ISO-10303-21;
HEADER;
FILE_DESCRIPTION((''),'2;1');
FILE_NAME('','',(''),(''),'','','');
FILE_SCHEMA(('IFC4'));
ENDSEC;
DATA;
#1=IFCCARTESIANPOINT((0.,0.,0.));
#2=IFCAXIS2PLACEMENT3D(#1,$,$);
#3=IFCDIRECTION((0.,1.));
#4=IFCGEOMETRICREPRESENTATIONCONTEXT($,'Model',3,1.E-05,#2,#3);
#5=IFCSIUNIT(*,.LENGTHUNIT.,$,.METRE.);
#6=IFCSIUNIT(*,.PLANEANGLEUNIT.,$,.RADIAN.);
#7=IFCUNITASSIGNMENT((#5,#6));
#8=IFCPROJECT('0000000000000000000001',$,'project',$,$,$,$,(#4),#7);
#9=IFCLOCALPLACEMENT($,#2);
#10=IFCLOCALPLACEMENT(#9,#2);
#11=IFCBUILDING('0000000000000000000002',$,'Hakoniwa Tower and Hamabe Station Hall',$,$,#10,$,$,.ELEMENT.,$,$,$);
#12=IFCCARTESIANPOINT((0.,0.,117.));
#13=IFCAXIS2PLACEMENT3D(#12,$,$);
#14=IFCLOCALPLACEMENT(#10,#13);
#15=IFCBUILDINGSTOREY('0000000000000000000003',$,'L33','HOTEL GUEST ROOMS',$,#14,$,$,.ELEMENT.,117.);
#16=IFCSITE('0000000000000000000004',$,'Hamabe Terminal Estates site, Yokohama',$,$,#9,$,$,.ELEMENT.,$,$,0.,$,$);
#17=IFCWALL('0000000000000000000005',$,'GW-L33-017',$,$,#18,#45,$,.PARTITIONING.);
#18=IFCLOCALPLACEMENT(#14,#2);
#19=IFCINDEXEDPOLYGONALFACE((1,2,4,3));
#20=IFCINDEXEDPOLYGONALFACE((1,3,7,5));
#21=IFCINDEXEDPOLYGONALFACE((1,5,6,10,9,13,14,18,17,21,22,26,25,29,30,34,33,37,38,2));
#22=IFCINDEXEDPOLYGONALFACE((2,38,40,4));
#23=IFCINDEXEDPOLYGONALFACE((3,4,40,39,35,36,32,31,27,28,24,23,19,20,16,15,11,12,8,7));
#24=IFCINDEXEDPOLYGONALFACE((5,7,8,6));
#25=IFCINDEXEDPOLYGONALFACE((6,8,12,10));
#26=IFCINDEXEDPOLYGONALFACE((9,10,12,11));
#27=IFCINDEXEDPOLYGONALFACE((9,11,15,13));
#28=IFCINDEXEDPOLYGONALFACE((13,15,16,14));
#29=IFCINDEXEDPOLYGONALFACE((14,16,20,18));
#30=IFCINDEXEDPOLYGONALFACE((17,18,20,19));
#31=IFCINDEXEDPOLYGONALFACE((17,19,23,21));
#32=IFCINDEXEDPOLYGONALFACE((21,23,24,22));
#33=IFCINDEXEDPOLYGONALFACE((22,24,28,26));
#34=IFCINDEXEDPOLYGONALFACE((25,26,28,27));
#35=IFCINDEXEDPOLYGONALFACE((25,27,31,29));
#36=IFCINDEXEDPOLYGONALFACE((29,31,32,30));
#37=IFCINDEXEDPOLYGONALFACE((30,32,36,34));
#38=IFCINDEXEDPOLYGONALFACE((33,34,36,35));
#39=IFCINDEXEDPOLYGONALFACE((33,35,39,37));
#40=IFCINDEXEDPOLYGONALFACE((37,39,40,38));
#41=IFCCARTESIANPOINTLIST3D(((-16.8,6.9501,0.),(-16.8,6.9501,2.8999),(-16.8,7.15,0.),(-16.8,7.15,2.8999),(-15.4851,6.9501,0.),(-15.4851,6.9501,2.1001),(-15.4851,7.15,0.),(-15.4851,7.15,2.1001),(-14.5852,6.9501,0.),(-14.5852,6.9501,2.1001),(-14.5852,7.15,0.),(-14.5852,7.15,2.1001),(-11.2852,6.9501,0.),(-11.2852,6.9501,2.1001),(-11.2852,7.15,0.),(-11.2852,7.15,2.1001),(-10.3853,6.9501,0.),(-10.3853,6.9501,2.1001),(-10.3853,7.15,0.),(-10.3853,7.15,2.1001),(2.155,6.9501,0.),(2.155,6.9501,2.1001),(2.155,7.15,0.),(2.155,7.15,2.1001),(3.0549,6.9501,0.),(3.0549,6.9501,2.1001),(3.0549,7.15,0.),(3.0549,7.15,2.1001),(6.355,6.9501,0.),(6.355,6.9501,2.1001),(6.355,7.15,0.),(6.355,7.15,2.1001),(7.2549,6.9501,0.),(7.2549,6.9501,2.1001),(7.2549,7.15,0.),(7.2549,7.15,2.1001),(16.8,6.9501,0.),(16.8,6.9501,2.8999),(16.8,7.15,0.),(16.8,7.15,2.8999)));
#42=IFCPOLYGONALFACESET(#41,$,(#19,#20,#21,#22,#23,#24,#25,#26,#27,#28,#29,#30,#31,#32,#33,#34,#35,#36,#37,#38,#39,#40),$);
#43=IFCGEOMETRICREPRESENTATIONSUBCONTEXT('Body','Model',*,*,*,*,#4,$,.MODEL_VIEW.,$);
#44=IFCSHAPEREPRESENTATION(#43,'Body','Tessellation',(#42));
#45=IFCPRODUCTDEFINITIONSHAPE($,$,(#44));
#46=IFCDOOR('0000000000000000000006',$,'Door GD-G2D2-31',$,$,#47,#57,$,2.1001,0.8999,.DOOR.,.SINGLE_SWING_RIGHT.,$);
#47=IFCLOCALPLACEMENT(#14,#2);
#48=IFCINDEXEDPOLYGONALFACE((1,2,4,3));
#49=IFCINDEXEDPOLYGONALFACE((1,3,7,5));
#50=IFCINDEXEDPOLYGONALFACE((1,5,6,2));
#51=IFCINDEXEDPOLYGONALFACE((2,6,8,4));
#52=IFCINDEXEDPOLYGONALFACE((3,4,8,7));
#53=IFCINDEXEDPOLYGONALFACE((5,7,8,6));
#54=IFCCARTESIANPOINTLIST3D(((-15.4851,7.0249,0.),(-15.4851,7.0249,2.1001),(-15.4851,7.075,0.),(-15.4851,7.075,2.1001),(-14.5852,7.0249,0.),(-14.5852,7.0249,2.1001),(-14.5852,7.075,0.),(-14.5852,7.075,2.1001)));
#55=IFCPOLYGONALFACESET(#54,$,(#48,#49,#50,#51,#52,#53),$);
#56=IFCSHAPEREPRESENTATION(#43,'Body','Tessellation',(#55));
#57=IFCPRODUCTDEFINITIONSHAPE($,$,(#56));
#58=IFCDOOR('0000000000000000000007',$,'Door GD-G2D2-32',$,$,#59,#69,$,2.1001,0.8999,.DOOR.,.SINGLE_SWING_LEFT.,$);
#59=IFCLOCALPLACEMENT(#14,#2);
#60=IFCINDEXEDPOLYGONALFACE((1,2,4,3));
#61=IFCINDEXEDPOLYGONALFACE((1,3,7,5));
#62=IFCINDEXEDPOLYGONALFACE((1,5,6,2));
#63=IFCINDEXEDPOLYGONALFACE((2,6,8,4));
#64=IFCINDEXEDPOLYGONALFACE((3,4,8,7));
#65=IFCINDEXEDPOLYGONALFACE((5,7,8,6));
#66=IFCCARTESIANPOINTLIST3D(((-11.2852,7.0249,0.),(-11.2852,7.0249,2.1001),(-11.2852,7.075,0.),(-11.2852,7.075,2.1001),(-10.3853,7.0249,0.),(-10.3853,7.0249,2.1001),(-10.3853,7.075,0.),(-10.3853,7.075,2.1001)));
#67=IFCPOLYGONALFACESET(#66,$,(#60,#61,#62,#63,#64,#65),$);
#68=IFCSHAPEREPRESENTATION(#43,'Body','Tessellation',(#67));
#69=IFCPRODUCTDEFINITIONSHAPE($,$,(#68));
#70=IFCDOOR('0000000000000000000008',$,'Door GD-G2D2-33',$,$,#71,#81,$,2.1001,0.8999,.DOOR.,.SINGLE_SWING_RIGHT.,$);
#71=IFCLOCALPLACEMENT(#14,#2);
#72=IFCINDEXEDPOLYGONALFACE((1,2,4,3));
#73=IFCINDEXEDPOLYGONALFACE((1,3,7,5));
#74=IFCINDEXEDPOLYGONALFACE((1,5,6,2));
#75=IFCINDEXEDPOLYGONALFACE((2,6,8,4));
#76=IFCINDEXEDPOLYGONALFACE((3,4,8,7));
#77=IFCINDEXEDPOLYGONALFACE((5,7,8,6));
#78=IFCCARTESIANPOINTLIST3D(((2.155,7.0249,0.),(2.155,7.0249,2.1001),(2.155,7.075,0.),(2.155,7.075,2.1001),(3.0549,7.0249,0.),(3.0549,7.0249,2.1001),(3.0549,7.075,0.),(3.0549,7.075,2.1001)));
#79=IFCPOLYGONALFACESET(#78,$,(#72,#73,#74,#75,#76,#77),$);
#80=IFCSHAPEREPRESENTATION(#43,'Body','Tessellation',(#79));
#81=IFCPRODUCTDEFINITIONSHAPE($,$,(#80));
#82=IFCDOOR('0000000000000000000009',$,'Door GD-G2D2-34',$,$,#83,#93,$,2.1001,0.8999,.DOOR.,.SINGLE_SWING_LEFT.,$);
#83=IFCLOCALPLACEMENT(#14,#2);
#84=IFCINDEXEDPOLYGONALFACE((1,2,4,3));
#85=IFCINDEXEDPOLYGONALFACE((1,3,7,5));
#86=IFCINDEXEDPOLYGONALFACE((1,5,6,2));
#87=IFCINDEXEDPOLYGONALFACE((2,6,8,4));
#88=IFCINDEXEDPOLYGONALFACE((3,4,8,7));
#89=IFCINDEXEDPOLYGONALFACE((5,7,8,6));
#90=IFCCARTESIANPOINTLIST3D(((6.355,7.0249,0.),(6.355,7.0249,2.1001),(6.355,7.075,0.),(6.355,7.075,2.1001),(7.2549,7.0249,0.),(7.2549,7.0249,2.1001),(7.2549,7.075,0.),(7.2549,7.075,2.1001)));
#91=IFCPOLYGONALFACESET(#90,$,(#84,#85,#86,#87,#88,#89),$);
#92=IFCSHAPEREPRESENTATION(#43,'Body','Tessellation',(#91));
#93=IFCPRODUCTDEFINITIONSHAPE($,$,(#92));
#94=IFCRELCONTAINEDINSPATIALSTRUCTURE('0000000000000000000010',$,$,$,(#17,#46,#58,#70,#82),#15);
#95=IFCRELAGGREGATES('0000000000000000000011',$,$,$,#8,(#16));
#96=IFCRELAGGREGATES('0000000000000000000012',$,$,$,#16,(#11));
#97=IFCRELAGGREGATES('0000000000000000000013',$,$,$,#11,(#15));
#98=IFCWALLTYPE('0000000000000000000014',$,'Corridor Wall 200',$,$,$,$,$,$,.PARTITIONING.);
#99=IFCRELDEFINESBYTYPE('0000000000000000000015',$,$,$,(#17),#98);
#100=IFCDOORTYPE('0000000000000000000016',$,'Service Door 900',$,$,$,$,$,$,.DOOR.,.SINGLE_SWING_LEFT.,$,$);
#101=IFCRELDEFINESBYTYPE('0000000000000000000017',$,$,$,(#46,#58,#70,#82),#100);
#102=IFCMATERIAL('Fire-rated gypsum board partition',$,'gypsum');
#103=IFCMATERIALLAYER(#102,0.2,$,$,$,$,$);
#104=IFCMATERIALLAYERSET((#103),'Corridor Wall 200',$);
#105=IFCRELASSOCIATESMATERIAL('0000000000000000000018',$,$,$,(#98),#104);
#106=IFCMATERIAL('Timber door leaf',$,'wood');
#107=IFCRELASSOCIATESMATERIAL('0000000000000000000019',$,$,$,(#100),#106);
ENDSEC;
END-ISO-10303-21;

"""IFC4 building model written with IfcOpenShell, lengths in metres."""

from ifc_helpers import new_model, si_unit, direction, frame, frame_2d, origin, place, context, subcontext, project, spatial, rectangle, extrude, material, layer, layer_set, type_object, element, fill, save


model = new_model("IFC4")

# Units and contexts
model_context = context("Model", 3, precision=1e-05, world=origin(), true_north=direction((0.0, 1.0)))
body_context = subcontext(model_context, "Body", "Model", "MODEL_VIEW")
ifc_project = project(units=[si_unit("LENGTHUNIT", "METRE"), si_unit("PLANEANGLEUNIT", "RADIAN")], contexts=[model_context])

# Site, building, storey
site_placement = place(None, origin())
site = spatial("IfcSite", under=ifc_project, at=site_placement, Name="Hamabe Terminal Estates site, Yokohama", CompositionType="ELEMENT", RefElevation=0.0)
building_placement = place(site_placement, origin())
building = spatial("IfcBuilding", under=site, at=building_placement, Name="Hakoniwa Tower and Hamabe Station Hall", CompositionType="ELEMENT")
storey_placement = place(building_placement, frame((0.0, 0.0, 117.0)))
storey = spatial("IfcBuildingStorey", under=building, at=storey_placement, Name="L33", Description="HOTEL GUEST ROOMS", CompositionType="ELEMENT", Elevation=117.0)

# Wall, openings, doors
ifc_material_1 = material(Name="Fire-rated gypsum board partition", Category="gypsum")
ifc_layer_1 = layer(ifc_material_1, 0.2)
ifc_layer_set_1 = layer_set([ifc_layer_1], Name="Corridor Wall 200")
wall_type_1 = type_object("IfcWallType", Name="Corridor Wall 200", PredefinedType="PARTITIONING", material=ifc_layer_set_1)
ifc_material_2 = material(Name="Timber door leaf", Category="wood")
door_type_1 = type_object("IfcDoorType", Name="Service Door 900", OperationType="SINGLE_SWING_LEFT", PredefinedType="DOOR", material=ifc_material_2)
wall_1_placement = place(storey_placement, frame((-16.8, 7.05, 0.0), z_axis=(0.0, 0.0, 1.0), x_axis=(1.0, 0.0, 0.0)))
wall_1 = element("IfcWall", 1, at=wall_1_placement, inside=storey, type_object=wall_type_1, Name="GW-L33-017", PredefinedType="PARTITIONING", context=body_context, shape_type="SweptSolid", body=[
    extrude(rectangle(XDim=33.6001, YDim=0.2, at=frame_2d((16.8, 0.0))), origin(), (0.0, 0.0, 1.0), 2.8999),
])
opening_1_placement = place(wall_1_placement, frame((1.3149, 0.0, 0.0)))
opening_1 = element("IfcOpeningElement", 2, at=opening_1_placement, cuts=wall_1, PredefinedType="OPENING", context=body_context, shape_type="SweptSolid", body=[
    extrude(rectangle(XDim=0.8999, YDim=2.1001, at=frame_2d((0.45, 1.05))), frame((0.0, 0.1099, 0.0), z_axis=(0.0, -1.0, 0.0), x_axis=(1.0, 0.0, 0.0)), (0.0, 0.0, 1.0), 0.22),
])
opening_2_placement = place(wall_1_placement, frame((5.5149, 0.0, 0.0)))
opening_2 = element("IfcOpeningElement", 3, at=opening_2_placement, cuts=wall_1, PredefinedType="OPENING", context=body_context, shape_type="SweptSolid", body=[
    extrude(rectangle(XDim=0.8999, YDim=2.1001, at=frame_2d((0.45, 1.05))), frame((0.0, 0.1099, 0.0), z_axis=(0.0, -1.0, 0.0), x_axis=(1.0, 0.0, 0.0)), (0.0, 0.0, 1.0), 0.22),
])
opening_3_placement = place(wall_1_placement, frame((18.9551, 0.0, 0.0)))
opening_3 = element("IfcOpeningElement", 4, at=opening_3_placement, cuts=wall_1, PredefinedType="OPENING", context=body_context, shape_type="SweptSolid", body=[
    extrude(rectangle(XDim=0.8999, YDim=2.1001, at=frame_2d((0.45, 1.05))), frame((0.0, 0.1099, 0.0), z_axis=(0.0, -1.0, 0.0), x_axis=(1.0, 0.0, 0.0)), (0.0, 0.0, 1.0), 0.22),
])
opening_4_placement = place(wall_1_placement, frame((23.155, 0.0, 0.0)))
opening_4 = element("IfcOpeningElement", 5, at=opening_4_placement, cuts=wall_1, PredefinedType="OPENING", context=body_context, shape_type="SweptSolid", body=[
    extrude(rectangle(XDim=0.8999, YDim=2.1001, at=frame_2d((0.45, 1.05))), frame((0.0, 0.1099, 0.0), z_axis=(0.0, -1.0, 0.0), x_axis=(1.0, 0.0, 0.0)), (0.0, 0.0, 1.0), 0.22),
])
door_1_placement = place(opening_1_placement, origin())
door_1 = element("IfcDoor", 6, at=door_1_placement, inside=storey, type_object=door_type_1, Name="Door GD-G2D2-31", OperationType="SINGLE_SWING_RIGHT", OverallHeight=2.1001, OverallWidth=0.8999, PredefinedType="DOOR", context=body_context, shape_type="SweptSolid", body=[
    extrude(rectangle(XDim=0.8999, YDim=2.1001, at=frame_2d((0.45, 1.05))), frame((0.0, 0.0249, 0.0), z_axis=(0.0, -1.0, 0.0), x_axis=(1.0, 0.0, 0.0)), (0.0, 0.0, 1.0), 0.05),
])
fill(opening_1, door_1)
door_2_placement = place(opening_2_placement, origin())
door_2 = element("IfcDoor", 7, at=door_2_placement, inside=storey, type_object=door_type_1, Name="Door GD-G2D2-32", OperationType="SINGLE_SWING_LEFT", OverallHeight=2.1001, OverallWidth=0.8999, PredefinedType="DOOR", context=body_context, shape_type="SweptSolid", body=[
    extrude(rectangle(XDim=0.8999, YDim=2.1001, at=frame_2d((0.45, 1.05))), frame((0.0, 0.0249, 0.0), z_axis=(0.0, -1.0, 0.0), x_axis=(1.0, 0.0, 0.0)), (0.0, 0.0, 1.0), 0.05),
])
fill(opening_2, door_2)
door_3_placement = place(opening_3_placement, origin())
door_3 = element("IfcDoor", 8, at=door_3_placement, inside=storey, type_object=door_type_1, Name="Door GD-G2D2-33", OperationType="SINGLE_SWING_RIGHT", OverallHeight=2.1001, OverallWidth=0.8999, PredefinedType="DOOR", context=body_context, shape_type="SweptSolid", body=[
    extrude(rectangle(XDim=0.8999, YDim=2.1001, at=frame_2d((0.45, 1.05))), frame((0.0, 0.0249, 0.0), z_axis=(0.0, -1.0, 0.0), x_axis=(1.0, 0.0, 0.0)), (0.0, 0.0, 1.0), 0.05),
])
fill(opening_3, door_3)
door_4_placement = place(opening_4_placement, origin())
door_4 = element("IfcDoor", 9, at=door_4_placement, inside=storey, type_object=door_type_1, Name="Door GD-G2D2-34", OperationType="SINGLE_SWING_LEFT", OverallHeight=2.1001, OverallWidth=0.8999, PredefinedType="DOOR", context=body_context, shape_type="SweptSolid", body=[
    extrude(rectangle(XDim=0.8999, YDim=2.1001, at=frame_2d((0.45, 1.05))), frame((0.0, 0.0249, 0.0), z_axis=(0.0, -1.0, 0.0), x_axis=(1.0, 0.0, 0.0)), (0.0, 0.0, 1.0), 0.05),
])
fill(opening_4, door_4)

save(model, "model.ifc")
